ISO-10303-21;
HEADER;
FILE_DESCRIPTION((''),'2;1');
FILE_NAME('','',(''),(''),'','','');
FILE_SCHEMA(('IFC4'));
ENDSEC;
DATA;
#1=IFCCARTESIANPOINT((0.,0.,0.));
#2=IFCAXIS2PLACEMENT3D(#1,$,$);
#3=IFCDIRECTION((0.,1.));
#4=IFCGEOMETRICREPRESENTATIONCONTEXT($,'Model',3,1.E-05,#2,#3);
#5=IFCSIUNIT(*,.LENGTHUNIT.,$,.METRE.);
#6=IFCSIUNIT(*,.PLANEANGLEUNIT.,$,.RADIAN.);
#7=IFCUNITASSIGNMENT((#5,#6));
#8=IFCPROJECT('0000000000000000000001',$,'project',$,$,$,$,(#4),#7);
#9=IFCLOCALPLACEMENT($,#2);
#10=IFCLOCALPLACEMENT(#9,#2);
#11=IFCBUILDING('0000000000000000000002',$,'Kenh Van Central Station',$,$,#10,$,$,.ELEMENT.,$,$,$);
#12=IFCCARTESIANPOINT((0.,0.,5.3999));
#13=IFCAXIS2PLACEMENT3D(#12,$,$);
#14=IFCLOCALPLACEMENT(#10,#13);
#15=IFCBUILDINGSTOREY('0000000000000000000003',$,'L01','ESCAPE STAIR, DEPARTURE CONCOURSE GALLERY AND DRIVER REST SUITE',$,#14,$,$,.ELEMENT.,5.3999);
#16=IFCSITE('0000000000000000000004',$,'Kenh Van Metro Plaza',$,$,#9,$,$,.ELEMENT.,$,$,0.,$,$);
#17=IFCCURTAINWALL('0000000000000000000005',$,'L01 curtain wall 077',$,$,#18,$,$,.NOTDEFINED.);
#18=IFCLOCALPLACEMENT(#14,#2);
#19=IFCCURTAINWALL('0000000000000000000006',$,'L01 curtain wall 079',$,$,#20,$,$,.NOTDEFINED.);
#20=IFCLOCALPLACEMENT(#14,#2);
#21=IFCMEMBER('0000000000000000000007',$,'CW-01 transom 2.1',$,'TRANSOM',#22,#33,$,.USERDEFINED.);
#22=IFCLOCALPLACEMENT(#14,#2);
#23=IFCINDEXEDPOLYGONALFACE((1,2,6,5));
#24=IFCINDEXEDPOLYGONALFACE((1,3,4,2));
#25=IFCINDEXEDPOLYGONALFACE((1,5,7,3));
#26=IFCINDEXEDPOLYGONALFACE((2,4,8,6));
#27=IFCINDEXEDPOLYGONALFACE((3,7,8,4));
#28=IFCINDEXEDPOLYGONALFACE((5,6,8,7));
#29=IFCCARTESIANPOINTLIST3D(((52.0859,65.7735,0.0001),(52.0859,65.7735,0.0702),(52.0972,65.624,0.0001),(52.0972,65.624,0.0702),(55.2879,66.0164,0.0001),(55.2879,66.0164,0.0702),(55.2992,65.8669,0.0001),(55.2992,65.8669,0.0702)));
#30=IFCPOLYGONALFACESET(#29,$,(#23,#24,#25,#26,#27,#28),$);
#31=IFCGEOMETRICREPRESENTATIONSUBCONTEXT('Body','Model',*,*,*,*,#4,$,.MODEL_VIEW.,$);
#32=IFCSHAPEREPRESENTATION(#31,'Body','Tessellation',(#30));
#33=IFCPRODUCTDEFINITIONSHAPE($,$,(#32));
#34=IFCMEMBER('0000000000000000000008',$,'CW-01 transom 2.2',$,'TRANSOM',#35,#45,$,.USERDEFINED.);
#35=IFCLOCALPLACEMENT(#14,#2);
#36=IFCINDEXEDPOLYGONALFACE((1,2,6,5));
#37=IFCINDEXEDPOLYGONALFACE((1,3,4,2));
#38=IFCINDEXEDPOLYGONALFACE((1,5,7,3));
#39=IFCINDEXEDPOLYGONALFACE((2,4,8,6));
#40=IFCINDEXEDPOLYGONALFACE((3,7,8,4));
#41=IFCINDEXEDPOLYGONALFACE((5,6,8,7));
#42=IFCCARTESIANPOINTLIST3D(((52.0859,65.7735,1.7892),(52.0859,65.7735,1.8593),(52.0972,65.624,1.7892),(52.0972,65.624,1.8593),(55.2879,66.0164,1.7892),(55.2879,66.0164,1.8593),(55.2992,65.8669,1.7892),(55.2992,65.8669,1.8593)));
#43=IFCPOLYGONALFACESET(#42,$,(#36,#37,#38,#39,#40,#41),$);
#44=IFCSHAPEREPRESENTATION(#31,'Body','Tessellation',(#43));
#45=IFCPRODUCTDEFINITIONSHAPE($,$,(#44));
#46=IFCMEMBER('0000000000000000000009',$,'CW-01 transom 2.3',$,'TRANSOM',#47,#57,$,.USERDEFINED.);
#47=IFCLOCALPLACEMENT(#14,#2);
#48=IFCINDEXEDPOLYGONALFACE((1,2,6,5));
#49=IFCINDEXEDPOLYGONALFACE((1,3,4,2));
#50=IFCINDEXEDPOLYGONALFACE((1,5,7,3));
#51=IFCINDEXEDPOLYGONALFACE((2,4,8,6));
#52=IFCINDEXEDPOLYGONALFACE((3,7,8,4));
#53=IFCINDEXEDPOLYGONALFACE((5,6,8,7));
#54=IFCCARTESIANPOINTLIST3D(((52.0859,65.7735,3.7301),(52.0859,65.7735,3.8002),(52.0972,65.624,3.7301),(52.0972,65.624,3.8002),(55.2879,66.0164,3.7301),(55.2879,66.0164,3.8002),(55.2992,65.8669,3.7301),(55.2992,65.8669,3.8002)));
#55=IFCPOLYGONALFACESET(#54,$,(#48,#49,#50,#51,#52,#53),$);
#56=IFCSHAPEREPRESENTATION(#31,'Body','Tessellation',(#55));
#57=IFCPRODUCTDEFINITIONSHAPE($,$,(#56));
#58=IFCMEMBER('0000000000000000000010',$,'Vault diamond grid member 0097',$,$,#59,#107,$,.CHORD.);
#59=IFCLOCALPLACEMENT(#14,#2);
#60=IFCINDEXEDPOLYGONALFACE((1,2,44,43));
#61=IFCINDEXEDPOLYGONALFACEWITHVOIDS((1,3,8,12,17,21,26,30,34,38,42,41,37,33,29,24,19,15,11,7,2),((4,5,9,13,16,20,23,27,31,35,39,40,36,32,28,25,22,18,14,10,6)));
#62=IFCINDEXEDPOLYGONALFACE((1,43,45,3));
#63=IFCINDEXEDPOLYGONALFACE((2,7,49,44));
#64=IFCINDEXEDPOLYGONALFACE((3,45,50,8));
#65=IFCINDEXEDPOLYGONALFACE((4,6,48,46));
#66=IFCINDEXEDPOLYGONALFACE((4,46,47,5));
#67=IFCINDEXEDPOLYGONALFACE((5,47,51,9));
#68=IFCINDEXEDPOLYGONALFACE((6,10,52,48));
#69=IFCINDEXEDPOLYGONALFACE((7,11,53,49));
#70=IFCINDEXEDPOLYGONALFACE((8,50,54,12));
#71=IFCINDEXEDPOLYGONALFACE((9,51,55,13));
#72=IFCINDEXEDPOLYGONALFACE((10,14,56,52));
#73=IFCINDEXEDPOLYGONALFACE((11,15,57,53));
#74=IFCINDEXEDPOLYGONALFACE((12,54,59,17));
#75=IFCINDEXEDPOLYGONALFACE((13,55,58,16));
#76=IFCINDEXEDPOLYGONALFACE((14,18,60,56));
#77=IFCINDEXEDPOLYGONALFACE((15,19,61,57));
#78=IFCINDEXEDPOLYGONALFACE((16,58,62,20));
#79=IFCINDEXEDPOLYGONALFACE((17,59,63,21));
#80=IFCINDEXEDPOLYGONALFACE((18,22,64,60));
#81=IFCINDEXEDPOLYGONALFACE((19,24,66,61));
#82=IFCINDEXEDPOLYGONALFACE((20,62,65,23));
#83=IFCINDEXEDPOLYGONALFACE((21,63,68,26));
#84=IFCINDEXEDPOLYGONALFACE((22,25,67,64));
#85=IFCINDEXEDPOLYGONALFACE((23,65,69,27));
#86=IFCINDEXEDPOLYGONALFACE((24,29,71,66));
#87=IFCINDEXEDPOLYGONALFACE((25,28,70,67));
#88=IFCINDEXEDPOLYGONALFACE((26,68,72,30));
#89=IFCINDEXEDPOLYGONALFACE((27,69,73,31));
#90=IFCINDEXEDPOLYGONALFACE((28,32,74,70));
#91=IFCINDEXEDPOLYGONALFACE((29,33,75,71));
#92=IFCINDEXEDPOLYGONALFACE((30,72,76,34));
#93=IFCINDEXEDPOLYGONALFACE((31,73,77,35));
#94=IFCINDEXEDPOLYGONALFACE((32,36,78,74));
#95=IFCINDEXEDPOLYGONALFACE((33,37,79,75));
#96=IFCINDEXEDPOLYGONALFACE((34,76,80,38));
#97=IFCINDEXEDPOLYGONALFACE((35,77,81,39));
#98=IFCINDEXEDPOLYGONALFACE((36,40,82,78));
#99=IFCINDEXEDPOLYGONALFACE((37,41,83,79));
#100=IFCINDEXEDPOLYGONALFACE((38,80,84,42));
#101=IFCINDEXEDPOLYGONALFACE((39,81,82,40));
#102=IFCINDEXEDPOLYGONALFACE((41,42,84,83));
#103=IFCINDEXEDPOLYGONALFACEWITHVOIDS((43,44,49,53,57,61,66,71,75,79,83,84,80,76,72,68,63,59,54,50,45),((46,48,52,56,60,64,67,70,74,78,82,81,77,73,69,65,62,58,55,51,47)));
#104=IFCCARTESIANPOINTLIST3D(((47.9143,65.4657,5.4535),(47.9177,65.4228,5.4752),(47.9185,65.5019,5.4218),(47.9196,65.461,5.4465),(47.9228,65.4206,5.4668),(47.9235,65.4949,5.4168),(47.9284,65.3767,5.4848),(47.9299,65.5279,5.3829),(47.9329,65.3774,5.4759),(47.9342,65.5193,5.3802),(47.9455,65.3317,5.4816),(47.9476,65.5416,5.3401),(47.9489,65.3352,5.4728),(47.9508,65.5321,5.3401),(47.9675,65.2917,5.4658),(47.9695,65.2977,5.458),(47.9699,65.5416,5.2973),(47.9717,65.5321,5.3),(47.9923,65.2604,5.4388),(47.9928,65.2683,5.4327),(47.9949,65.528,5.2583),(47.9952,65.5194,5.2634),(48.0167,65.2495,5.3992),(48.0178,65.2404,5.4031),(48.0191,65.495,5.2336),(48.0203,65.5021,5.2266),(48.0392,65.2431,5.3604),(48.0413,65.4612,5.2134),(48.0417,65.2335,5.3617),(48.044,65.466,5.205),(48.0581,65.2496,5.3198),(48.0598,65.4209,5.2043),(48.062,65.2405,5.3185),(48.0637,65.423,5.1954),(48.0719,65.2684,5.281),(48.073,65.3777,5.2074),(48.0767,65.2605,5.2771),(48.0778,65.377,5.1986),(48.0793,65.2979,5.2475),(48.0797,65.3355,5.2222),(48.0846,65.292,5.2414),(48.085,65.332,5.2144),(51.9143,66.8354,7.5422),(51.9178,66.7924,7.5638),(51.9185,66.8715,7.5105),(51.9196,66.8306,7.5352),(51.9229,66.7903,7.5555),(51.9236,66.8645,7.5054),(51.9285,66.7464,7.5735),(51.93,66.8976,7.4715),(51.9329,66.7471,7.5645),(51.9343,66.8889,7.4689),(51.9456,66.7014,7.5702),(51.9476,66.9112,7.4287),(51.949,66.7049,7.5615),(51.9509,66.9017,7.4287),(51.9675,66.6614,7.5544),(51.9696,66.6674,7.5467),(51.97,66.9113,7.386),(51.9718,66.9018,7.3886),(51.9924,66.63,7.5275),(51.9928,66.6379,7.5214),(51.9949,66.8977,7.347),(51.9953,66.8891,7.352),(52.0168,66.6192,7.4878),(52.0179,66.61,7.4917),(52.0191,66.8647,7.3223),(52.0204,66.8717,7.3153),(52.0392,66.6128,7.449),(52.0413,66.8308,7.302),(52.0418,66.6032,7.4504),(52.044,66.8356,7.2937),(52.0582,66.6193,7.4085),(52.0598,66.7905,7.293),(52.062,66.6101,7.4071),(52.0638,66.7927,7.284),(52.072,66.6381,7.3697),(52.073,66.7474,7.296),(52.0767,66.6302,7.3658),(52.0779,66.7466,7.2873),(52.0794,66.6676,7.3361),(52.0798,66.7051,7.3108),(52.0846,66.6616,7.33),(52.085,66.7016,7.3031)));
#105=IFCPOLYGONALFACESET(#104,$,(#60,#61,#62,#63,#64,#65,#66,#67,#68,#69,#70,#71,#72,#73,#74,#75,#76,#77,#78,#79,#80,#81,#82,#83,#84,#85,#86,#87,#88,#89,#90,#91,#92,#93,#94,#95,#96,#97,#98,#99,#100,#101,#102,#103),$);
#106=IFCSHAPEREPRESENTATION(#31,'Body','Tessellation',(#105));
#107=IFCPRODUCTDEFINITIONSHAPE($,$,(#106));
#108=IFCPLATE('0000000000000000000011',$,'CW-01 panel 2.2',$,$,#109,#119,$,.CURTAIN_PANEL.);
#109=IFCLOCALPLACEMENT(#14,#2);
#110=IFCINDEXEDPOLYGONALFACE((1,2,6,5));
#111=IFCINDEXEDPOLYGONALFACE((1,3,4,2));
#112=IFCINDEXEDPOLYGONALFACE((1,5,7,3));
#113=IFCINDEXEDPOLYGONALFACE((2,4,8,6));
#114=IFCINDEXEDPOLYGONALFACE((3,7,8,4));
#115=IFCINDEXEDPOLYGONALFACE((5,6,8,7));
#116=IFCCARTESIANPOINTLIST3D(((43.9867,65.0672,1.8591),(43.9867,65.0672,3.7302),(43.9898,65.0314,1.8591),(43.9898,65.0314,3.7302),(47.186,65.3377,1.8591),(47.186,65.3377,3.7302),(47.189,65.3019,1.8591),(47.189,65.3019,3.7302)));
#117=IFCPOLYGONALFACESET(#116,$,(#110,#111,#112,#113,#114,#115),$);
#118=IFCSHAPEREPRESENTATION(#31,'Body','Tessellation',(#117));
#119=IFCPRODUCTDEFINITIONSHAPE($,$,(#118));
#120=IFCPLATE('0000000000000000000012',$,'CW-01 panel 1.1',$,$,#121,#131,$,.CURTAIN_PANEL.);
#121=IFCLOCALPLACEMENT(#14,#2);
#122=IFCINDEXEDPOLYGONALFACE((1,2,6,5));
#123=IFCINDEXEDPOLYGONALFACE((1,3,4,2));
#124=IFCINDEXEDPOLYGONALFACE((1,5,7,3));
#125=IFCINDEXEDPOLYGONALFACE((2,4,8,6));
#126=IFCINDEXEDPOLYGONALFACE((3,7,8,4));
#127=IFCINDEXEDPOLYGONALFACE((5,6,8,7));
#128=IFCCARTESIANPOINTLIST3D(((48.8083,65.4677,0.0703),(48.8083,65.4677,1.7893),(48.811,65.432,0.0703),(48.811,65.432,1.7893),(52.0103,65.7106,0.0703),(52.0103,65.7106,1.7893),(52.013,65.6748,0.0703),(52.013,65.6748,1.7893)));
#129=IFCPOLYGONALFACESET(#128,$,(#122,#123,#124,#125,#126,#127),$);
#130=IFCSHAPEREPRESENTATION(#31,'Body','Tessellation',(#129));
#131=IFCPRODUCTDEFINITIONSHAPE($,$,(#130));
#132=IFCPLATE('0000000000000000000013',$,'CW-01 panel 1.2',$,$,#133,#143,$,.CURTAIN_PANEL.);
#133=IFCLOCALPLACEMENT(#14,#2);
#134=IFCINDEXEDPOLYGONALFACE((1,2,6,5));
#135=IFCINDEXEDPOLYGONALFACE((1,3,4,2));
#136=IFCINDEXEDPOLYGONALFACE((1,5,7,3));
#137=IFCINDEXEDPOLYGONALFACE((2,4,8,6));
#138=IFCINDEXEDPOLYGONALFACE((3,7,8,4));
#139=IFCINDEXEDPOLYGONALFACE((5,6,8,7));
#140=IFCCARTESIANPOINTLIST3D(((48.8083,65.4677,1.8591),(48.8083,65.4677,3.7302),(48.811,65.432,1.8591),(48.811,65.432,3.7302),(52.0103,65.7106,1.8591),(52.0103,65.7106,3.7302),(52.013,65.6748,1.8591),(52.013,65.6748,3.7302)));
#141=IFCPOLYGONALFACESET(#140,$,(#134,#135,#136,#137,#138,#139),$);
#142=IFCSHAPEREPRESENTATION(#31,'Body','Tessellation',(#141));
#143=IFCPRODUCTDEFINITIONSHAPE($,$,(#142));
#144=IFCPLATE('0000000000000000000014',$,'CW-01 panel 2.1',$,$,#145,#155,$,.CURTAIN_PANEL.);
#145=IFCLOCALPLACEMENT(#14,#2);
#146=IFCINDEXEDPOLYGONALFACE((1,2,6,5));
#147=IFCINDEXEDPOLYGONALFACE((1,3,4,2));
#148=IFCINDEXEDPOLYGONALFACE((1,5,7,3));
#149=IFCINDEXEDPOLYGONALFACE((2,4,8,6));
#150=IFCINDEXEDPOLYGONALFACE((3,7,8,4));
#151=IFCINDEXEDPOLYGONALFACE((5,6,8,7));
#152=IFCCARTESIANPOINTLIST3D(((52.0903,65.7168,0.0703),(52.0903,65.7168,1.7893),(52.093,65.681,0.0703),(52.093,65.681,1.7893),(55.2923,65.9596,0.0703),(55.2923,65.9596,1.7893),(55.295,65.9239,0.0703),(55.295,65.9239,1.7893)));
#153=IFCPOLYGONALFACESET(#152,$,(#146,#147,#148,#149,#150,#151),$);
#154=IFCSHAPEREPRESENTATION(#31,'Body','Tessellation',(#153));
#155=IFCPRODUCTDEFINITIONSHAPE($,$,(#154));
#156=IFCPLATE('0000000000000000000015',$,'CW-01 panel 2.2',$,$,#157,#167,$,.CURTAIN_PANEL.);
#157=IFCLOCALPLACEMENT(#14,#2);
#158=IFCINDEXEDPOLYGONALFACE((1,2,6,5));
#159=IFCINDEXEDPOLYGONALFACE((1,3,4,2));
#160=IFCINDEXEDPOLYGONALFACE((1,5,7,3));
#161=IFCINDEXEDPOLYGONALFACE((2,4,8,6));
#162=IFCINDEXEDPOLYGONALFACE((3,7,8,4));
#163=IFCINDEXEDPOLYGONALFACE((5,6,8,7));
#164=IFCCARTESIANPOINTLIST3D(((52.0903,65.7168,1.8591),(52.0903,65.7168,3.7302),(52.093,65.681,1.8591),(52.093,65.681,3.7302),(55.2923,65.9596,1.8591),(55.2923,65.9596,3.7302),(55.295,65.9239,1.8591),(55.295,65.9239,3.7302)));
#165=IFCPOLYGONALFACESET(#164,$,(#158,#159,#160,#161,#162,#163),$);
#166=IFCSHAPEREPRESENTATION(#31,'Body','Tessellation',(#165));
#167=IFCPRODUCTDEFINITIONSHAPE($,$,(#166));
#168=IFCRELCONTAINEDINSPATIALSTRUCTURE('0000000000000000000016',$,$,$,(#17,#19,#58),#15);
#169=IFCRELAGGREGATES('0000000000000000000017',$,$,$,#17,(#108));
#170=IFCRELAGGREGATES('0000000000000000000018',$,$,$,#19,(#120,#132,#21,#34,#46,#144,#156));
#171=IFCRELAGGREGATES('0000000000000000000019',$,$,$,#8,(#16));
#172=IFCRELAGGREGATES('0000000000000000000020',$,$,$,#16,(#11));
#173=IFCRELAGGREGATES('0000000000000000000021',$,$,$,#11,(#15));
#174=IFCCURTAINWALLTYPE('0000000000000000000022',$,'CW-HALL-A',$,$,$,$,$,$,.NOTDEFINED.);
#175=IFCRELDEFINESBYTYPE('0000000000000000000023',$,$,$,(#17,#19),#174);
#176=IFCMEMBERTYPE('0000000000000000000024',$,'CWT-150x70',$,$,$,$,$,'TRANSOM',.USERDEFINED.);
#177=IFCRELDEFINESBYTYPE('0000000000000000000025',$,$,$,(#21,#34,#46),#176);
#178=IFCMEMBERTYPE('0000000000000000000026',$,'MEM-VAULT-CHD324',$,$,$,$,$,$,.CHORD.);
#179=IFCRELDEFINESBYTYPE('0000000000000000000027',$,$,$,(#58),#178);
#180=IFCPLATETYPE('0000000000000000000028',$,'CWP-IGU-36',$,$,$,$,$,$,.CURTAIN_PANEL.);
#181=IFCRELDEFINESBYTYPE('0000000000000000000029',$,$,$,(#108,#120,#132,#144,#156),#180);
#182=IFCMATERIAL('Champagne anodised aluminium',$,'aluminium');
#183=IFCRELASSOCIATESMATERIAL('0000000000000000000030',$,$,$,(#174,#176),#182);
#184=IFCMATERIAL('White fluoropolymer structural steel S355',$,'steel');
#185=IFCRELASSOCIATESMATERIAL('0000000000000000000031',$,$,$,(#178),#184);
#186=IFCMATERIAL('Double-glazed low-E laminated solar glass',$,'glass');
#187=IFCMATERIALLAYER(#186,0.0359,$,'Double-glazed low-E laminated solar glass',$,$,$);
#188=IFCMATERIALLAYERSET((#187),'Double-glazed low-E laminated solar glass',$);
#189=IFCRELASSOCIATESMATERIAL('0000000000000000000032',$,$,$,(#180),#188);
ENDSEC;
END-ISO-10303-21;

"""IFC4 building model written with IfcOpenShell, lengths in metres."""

from ifc_helpers import new_model, si_unit, direction, frame, origin, origin_2d, place, context, subcontext, project, spatial, rectangle, hollow_circle, extrude, material, layer, layer_set, material_profile, profile_set, type_object, element, aggregate, save


model = new_model("IFC4")

# Units and contexts
model_context = context("Model", 3, precision=1e-05, world=origin(), true_north=direction((0.0, 1.0)))
body_context = subcontext(model_context, "Body", "Model", "MODEL_VIEW")
ifc_project = project(units=[si_unit("LENGTHUNIT", "METRE"), si_unit("PLANEANGLEUNIT", "RADIAN")], contexts=[model_context])

# Site, building, storey
site_placement = place(None, origin())
site = spatial("IfcSite", under=ifc_project, at=site_placement, Name="Kenh Van Metro Plaza", CompositionType="ELEMENT", RefElevation=0.0)
building_placement = place(site_placement, origin())
building = spatial("IfcBuilding", under=site, at=building_placement, Name="Kenh Van Central Station", CompositionType="ELEMENT")
storey_placement = place(building_placement, frame((0.0, 0.0, 5.3999)))
storey = spatial("IfcBuildingStorey", under=building, at=storey_placement, Name="L01", Description="ESCAPE STAIR, DEPARTURE CONCOURSE GALLERY AND DRIVER REST SUITE", CompositionType="ELEMENT", Elevation=5.3999)

# Shared definitions
ifc_material_1 = material(Name="White fluoropolymer structural steel S355", Category="steel")

# Curtain wall
ifc_material_2 = material(Name="Champagne anodised aluminium", Category="aluminium")
curtain_wall_type = type_object("IfcCurtainWallType", Name="CW-HALL-A", PredefinedType="NOTDEFINED", material=ifc_material_2)
curtain_wall_1_placement = place(storey_placement, origin())
curtain_wall_1 = element("IfcCurtainWall", 1, at=curtain_wall_1_placement, inside=storey, type_object=curtain_wall_type, Name="L01 curtain wall 077", PredefinedType="NOTDEFINED")

# Curtain wall, members
curtain_wall_2_placement = place(storey_placement, origin())
curtain_wall_2 = element("IfcCurtainWall", 2, at=curtain_wall_2_placement, inside=storey, type_object=curtain_wall_type, Name="L01 curtain wall 079", PredefinedType="NOTDEFINED")
ifc_material_profile_1 = material_profile(ifc_material_2, rectangle(XDim=0.1499, YDim=0.0701, at=origin_2d()), Name="AL 150x70")
ifc_profile_set_1 = profile_set([ifc_material_profile_1], Name="Champagne anodised aluminium")
member_type_1 = type_object("IfcMemberType", Name="CWT-150x70", ElementType="TRANSOM", PredefinedType="USERDEFINED", material=ifc_profile_set_1)
member_1_placement = place(storey_placement, frame((52.0916, 65.6987, 0.0352), z_axis=(0.997134, 0.07565, 0.0), x_axis=(-0.07565, 0.997134, 0.0)))
member_1 = element("IfcMember", 3, at=member_1_placement, type_object=member_type_1, Name="CW-01 transom 2.1", ObjectType="TRANSOM", PredefinedType="USERDEFINED", context=body_context, shape_type="SweptSolid", body=[
    extrude(rectangle(XDim=0.1499, YDim=0.0701, at=origin_2d()), origin(), (0.0, 0.0, 1.0), 3.2112),
])
member_2_placement = place(storey_placement, frame((52.0916, 65.6987, 1.8242), z_axis=(0.997134, 0.07565, 0.0), x_axis=(-0.07565, 0.997134, 0.0)))
member_2 = element("IfcMember", 4, at=member_2_placement, type_object=member_type_1, Name="CW-01 transom 2.2", ObjectType="TRANSOM", PredefinedType="USERDEFINED", context=body_context, shape_type="SweptSolid", body=[
    extrude(rectangle(XDim=0.1499, YDim=0.0701, at=origin_2d()), origin(), (0.0, 0.0, 1.0), 3.2112),
])
member_3_placement = place(storey_placement, frame((52.0916, 65.6987, 3.7651), z_axis=(0.997134, 0.07565, 0.0), x_axis=(-0.07565, 0.997134, 0.0)))
member_3 = element("IfcMember", 5, at=member_3_placement, type_object=member_type_1, Name="CW-01 transom 2.3", ObjectType="TRANSOM", PredefinedType="USERDEFINED", context=body_context, shape_type="SweptSolid", body=[
    extrude(rectangle(XDim=0.1499, YDim=0.0701, at=origin_2d()), origin(), (0.0, 0.0, 1.0), 3.2112),
])

# Member
ifc_material_profile_2 = material_profile(ifc_material_1, hollow_circle(Radius=0.1619, WallThickness=0.01, at=origin_2d()), Name="CHS 323.9x10")
ifc_profile_set_2 = profile_set([ifc_material_profile_2], Name="White fluoropolymer structural steel S355")
member_type_2 = type_object("IfcMemberType", Name="MEM-VAULT-CHD324", PredefinedType="CHORD", material=ifc_profile_set_2)
member_4_placement = place(storey_placement, frame((48.0, 65.3884, 5.3401), z_axis=(0.848223, 0.290438, 0.442904), x_axis=(-0.323943, 0.946076, 0.0)))
element("IfcMember", 6, at=member_4_placement, inside=storey, type_object=member_type_2, Name="Vault diamond grid member 0097", PredefinedType="CHORD", context=body_context, shape_type="SweptSolid", body=[
    extrude(hollow_circle(Radius=0.1619, WallThickness=0.01, at=origin_2d()), origin(), (0.0, 0.0, 1.0), 4.7158),
])

# Plates
ifc_material_3 = material(Name="Double-glazed low-E laminated solar glass", Category="glass")
ifc_layer = layer(ifc_material_3, 0.0359, Name="Double-glazed low-E laminated solar glass")
ifc_layer_set = layer_set([ifc_layer], Name="Double-glazed low-E laminated solar glass")
plate_type = type_object("IfcPlateType", Name="CWP-IGU-36", PredefinedType="CURTAIN_PANEL", material=ifc_layer_set)
plate_1_placement = place(storey_placement, frame((45.5879, 65.1846, 1.8591), z_axis=(0.0, 0.0, 1.0), x_axis=(0.996445, 0.084244, 0.0)))
plate_1 = element("IfcPlate", 7, at=plate_1_placement, type_object=plate_type, Name="CW-01 panel 2.2", PredefinedType="CURTAIN_PANEL", context=body_context, shape_type="SweptSolid", body=[
    extrude(rectangle(XDim=3.2107, YDim=0.0359, at=origin_2d()), origin(), (0.0, 0.0, 1.0), 1.8711),
])
aggregate(curtain_wall_1, [plate_1])
plate_2_placement = place(storey_placement, frame((50.4106, 65.5713, 0.0703), z_axis=(0.0, 0.0, 1.0), x_axis=(0.997136, 0.075632, 0.0)))
plate_2 = element("IfcPlate", 8, at=plate_2_placement, type_object=plate_type, Name="CW-01 panel 1.1", PredefinedType="CURTAIN_PANEL", context=body_context, shape_type="SweptSolid", body=[
    extrude(rectangle(XDim=3.2112, YDim=0.0359, at=origin_2d()), origin(), (0.0, 0.0, 1.0), 1.719),
])
plate_3_placement = place(storey_placement, frame((50.4106, 65.5713, 1.8591), z_axis=(0.0, 0.0, 1.0), x_axis=(0.997136, 0.075632, 0.0)))
plate_3 = element("IfcPlate", 9, at=plate_3_placement, type_object=plate_type, Name="CW-01 panel 1.2", PredefinedType="CURTAIN_PANEL", context=body_context, shape_type="SweptSolid", body=[
    extrude(rectangle(XDim=3.2112, YDim=0.0359, at=origin_2d()), origin(), (0.0, 0.0, 1.0), 1.8711),
])
plate_4_placement = place(storey_placement, frame((53.6926, 65.8203, 0.0703), z_axis=(0.0, 0.0, 1.0), x_axis=(0.997136, 0.075632, 0.0)))
plate_4 = element("IfcPlate", 10, at=plate_4_placement, type_object=plate_type, Name="CW-01 panel 2.1", PredefinedType="CURTAIN_PANEL", context=body_context, shape_type="SweptSolid", body=[
    extrude(rectangle(XDim=3.2112, YDim=0.0359, at=origin_2d()), origin(), (0.0, 0.0, 1.0), 1.719),
])
plate_5_placement = place(storey_placement, frame((53.6926, 65.8203, 1.8591), z_axis=(0.0, 0.0, 1.0), x_axis=(0.997136, 0.075632, 0.0)))
plate_5 = element("IfcPlate", 11, at=plate_5_placement, type_object=plate_type, Name="CW-01 panel 2.2", PredefinedType="CURTAIN_PANEL", context=body_context, shape_type="SweptSolid", body=[
    extrude(rectangle(XDim=3.2112, YDim=0.0359, at=origin_2d()), origin(), (0.0, 0.0, 1.0), 1.8711),
])
aggregate(curtain_wall_2, [plate_2, plate_3, member_1, member_2, member_3, plate_4, plate_5])

save(model, "model.ifc")
